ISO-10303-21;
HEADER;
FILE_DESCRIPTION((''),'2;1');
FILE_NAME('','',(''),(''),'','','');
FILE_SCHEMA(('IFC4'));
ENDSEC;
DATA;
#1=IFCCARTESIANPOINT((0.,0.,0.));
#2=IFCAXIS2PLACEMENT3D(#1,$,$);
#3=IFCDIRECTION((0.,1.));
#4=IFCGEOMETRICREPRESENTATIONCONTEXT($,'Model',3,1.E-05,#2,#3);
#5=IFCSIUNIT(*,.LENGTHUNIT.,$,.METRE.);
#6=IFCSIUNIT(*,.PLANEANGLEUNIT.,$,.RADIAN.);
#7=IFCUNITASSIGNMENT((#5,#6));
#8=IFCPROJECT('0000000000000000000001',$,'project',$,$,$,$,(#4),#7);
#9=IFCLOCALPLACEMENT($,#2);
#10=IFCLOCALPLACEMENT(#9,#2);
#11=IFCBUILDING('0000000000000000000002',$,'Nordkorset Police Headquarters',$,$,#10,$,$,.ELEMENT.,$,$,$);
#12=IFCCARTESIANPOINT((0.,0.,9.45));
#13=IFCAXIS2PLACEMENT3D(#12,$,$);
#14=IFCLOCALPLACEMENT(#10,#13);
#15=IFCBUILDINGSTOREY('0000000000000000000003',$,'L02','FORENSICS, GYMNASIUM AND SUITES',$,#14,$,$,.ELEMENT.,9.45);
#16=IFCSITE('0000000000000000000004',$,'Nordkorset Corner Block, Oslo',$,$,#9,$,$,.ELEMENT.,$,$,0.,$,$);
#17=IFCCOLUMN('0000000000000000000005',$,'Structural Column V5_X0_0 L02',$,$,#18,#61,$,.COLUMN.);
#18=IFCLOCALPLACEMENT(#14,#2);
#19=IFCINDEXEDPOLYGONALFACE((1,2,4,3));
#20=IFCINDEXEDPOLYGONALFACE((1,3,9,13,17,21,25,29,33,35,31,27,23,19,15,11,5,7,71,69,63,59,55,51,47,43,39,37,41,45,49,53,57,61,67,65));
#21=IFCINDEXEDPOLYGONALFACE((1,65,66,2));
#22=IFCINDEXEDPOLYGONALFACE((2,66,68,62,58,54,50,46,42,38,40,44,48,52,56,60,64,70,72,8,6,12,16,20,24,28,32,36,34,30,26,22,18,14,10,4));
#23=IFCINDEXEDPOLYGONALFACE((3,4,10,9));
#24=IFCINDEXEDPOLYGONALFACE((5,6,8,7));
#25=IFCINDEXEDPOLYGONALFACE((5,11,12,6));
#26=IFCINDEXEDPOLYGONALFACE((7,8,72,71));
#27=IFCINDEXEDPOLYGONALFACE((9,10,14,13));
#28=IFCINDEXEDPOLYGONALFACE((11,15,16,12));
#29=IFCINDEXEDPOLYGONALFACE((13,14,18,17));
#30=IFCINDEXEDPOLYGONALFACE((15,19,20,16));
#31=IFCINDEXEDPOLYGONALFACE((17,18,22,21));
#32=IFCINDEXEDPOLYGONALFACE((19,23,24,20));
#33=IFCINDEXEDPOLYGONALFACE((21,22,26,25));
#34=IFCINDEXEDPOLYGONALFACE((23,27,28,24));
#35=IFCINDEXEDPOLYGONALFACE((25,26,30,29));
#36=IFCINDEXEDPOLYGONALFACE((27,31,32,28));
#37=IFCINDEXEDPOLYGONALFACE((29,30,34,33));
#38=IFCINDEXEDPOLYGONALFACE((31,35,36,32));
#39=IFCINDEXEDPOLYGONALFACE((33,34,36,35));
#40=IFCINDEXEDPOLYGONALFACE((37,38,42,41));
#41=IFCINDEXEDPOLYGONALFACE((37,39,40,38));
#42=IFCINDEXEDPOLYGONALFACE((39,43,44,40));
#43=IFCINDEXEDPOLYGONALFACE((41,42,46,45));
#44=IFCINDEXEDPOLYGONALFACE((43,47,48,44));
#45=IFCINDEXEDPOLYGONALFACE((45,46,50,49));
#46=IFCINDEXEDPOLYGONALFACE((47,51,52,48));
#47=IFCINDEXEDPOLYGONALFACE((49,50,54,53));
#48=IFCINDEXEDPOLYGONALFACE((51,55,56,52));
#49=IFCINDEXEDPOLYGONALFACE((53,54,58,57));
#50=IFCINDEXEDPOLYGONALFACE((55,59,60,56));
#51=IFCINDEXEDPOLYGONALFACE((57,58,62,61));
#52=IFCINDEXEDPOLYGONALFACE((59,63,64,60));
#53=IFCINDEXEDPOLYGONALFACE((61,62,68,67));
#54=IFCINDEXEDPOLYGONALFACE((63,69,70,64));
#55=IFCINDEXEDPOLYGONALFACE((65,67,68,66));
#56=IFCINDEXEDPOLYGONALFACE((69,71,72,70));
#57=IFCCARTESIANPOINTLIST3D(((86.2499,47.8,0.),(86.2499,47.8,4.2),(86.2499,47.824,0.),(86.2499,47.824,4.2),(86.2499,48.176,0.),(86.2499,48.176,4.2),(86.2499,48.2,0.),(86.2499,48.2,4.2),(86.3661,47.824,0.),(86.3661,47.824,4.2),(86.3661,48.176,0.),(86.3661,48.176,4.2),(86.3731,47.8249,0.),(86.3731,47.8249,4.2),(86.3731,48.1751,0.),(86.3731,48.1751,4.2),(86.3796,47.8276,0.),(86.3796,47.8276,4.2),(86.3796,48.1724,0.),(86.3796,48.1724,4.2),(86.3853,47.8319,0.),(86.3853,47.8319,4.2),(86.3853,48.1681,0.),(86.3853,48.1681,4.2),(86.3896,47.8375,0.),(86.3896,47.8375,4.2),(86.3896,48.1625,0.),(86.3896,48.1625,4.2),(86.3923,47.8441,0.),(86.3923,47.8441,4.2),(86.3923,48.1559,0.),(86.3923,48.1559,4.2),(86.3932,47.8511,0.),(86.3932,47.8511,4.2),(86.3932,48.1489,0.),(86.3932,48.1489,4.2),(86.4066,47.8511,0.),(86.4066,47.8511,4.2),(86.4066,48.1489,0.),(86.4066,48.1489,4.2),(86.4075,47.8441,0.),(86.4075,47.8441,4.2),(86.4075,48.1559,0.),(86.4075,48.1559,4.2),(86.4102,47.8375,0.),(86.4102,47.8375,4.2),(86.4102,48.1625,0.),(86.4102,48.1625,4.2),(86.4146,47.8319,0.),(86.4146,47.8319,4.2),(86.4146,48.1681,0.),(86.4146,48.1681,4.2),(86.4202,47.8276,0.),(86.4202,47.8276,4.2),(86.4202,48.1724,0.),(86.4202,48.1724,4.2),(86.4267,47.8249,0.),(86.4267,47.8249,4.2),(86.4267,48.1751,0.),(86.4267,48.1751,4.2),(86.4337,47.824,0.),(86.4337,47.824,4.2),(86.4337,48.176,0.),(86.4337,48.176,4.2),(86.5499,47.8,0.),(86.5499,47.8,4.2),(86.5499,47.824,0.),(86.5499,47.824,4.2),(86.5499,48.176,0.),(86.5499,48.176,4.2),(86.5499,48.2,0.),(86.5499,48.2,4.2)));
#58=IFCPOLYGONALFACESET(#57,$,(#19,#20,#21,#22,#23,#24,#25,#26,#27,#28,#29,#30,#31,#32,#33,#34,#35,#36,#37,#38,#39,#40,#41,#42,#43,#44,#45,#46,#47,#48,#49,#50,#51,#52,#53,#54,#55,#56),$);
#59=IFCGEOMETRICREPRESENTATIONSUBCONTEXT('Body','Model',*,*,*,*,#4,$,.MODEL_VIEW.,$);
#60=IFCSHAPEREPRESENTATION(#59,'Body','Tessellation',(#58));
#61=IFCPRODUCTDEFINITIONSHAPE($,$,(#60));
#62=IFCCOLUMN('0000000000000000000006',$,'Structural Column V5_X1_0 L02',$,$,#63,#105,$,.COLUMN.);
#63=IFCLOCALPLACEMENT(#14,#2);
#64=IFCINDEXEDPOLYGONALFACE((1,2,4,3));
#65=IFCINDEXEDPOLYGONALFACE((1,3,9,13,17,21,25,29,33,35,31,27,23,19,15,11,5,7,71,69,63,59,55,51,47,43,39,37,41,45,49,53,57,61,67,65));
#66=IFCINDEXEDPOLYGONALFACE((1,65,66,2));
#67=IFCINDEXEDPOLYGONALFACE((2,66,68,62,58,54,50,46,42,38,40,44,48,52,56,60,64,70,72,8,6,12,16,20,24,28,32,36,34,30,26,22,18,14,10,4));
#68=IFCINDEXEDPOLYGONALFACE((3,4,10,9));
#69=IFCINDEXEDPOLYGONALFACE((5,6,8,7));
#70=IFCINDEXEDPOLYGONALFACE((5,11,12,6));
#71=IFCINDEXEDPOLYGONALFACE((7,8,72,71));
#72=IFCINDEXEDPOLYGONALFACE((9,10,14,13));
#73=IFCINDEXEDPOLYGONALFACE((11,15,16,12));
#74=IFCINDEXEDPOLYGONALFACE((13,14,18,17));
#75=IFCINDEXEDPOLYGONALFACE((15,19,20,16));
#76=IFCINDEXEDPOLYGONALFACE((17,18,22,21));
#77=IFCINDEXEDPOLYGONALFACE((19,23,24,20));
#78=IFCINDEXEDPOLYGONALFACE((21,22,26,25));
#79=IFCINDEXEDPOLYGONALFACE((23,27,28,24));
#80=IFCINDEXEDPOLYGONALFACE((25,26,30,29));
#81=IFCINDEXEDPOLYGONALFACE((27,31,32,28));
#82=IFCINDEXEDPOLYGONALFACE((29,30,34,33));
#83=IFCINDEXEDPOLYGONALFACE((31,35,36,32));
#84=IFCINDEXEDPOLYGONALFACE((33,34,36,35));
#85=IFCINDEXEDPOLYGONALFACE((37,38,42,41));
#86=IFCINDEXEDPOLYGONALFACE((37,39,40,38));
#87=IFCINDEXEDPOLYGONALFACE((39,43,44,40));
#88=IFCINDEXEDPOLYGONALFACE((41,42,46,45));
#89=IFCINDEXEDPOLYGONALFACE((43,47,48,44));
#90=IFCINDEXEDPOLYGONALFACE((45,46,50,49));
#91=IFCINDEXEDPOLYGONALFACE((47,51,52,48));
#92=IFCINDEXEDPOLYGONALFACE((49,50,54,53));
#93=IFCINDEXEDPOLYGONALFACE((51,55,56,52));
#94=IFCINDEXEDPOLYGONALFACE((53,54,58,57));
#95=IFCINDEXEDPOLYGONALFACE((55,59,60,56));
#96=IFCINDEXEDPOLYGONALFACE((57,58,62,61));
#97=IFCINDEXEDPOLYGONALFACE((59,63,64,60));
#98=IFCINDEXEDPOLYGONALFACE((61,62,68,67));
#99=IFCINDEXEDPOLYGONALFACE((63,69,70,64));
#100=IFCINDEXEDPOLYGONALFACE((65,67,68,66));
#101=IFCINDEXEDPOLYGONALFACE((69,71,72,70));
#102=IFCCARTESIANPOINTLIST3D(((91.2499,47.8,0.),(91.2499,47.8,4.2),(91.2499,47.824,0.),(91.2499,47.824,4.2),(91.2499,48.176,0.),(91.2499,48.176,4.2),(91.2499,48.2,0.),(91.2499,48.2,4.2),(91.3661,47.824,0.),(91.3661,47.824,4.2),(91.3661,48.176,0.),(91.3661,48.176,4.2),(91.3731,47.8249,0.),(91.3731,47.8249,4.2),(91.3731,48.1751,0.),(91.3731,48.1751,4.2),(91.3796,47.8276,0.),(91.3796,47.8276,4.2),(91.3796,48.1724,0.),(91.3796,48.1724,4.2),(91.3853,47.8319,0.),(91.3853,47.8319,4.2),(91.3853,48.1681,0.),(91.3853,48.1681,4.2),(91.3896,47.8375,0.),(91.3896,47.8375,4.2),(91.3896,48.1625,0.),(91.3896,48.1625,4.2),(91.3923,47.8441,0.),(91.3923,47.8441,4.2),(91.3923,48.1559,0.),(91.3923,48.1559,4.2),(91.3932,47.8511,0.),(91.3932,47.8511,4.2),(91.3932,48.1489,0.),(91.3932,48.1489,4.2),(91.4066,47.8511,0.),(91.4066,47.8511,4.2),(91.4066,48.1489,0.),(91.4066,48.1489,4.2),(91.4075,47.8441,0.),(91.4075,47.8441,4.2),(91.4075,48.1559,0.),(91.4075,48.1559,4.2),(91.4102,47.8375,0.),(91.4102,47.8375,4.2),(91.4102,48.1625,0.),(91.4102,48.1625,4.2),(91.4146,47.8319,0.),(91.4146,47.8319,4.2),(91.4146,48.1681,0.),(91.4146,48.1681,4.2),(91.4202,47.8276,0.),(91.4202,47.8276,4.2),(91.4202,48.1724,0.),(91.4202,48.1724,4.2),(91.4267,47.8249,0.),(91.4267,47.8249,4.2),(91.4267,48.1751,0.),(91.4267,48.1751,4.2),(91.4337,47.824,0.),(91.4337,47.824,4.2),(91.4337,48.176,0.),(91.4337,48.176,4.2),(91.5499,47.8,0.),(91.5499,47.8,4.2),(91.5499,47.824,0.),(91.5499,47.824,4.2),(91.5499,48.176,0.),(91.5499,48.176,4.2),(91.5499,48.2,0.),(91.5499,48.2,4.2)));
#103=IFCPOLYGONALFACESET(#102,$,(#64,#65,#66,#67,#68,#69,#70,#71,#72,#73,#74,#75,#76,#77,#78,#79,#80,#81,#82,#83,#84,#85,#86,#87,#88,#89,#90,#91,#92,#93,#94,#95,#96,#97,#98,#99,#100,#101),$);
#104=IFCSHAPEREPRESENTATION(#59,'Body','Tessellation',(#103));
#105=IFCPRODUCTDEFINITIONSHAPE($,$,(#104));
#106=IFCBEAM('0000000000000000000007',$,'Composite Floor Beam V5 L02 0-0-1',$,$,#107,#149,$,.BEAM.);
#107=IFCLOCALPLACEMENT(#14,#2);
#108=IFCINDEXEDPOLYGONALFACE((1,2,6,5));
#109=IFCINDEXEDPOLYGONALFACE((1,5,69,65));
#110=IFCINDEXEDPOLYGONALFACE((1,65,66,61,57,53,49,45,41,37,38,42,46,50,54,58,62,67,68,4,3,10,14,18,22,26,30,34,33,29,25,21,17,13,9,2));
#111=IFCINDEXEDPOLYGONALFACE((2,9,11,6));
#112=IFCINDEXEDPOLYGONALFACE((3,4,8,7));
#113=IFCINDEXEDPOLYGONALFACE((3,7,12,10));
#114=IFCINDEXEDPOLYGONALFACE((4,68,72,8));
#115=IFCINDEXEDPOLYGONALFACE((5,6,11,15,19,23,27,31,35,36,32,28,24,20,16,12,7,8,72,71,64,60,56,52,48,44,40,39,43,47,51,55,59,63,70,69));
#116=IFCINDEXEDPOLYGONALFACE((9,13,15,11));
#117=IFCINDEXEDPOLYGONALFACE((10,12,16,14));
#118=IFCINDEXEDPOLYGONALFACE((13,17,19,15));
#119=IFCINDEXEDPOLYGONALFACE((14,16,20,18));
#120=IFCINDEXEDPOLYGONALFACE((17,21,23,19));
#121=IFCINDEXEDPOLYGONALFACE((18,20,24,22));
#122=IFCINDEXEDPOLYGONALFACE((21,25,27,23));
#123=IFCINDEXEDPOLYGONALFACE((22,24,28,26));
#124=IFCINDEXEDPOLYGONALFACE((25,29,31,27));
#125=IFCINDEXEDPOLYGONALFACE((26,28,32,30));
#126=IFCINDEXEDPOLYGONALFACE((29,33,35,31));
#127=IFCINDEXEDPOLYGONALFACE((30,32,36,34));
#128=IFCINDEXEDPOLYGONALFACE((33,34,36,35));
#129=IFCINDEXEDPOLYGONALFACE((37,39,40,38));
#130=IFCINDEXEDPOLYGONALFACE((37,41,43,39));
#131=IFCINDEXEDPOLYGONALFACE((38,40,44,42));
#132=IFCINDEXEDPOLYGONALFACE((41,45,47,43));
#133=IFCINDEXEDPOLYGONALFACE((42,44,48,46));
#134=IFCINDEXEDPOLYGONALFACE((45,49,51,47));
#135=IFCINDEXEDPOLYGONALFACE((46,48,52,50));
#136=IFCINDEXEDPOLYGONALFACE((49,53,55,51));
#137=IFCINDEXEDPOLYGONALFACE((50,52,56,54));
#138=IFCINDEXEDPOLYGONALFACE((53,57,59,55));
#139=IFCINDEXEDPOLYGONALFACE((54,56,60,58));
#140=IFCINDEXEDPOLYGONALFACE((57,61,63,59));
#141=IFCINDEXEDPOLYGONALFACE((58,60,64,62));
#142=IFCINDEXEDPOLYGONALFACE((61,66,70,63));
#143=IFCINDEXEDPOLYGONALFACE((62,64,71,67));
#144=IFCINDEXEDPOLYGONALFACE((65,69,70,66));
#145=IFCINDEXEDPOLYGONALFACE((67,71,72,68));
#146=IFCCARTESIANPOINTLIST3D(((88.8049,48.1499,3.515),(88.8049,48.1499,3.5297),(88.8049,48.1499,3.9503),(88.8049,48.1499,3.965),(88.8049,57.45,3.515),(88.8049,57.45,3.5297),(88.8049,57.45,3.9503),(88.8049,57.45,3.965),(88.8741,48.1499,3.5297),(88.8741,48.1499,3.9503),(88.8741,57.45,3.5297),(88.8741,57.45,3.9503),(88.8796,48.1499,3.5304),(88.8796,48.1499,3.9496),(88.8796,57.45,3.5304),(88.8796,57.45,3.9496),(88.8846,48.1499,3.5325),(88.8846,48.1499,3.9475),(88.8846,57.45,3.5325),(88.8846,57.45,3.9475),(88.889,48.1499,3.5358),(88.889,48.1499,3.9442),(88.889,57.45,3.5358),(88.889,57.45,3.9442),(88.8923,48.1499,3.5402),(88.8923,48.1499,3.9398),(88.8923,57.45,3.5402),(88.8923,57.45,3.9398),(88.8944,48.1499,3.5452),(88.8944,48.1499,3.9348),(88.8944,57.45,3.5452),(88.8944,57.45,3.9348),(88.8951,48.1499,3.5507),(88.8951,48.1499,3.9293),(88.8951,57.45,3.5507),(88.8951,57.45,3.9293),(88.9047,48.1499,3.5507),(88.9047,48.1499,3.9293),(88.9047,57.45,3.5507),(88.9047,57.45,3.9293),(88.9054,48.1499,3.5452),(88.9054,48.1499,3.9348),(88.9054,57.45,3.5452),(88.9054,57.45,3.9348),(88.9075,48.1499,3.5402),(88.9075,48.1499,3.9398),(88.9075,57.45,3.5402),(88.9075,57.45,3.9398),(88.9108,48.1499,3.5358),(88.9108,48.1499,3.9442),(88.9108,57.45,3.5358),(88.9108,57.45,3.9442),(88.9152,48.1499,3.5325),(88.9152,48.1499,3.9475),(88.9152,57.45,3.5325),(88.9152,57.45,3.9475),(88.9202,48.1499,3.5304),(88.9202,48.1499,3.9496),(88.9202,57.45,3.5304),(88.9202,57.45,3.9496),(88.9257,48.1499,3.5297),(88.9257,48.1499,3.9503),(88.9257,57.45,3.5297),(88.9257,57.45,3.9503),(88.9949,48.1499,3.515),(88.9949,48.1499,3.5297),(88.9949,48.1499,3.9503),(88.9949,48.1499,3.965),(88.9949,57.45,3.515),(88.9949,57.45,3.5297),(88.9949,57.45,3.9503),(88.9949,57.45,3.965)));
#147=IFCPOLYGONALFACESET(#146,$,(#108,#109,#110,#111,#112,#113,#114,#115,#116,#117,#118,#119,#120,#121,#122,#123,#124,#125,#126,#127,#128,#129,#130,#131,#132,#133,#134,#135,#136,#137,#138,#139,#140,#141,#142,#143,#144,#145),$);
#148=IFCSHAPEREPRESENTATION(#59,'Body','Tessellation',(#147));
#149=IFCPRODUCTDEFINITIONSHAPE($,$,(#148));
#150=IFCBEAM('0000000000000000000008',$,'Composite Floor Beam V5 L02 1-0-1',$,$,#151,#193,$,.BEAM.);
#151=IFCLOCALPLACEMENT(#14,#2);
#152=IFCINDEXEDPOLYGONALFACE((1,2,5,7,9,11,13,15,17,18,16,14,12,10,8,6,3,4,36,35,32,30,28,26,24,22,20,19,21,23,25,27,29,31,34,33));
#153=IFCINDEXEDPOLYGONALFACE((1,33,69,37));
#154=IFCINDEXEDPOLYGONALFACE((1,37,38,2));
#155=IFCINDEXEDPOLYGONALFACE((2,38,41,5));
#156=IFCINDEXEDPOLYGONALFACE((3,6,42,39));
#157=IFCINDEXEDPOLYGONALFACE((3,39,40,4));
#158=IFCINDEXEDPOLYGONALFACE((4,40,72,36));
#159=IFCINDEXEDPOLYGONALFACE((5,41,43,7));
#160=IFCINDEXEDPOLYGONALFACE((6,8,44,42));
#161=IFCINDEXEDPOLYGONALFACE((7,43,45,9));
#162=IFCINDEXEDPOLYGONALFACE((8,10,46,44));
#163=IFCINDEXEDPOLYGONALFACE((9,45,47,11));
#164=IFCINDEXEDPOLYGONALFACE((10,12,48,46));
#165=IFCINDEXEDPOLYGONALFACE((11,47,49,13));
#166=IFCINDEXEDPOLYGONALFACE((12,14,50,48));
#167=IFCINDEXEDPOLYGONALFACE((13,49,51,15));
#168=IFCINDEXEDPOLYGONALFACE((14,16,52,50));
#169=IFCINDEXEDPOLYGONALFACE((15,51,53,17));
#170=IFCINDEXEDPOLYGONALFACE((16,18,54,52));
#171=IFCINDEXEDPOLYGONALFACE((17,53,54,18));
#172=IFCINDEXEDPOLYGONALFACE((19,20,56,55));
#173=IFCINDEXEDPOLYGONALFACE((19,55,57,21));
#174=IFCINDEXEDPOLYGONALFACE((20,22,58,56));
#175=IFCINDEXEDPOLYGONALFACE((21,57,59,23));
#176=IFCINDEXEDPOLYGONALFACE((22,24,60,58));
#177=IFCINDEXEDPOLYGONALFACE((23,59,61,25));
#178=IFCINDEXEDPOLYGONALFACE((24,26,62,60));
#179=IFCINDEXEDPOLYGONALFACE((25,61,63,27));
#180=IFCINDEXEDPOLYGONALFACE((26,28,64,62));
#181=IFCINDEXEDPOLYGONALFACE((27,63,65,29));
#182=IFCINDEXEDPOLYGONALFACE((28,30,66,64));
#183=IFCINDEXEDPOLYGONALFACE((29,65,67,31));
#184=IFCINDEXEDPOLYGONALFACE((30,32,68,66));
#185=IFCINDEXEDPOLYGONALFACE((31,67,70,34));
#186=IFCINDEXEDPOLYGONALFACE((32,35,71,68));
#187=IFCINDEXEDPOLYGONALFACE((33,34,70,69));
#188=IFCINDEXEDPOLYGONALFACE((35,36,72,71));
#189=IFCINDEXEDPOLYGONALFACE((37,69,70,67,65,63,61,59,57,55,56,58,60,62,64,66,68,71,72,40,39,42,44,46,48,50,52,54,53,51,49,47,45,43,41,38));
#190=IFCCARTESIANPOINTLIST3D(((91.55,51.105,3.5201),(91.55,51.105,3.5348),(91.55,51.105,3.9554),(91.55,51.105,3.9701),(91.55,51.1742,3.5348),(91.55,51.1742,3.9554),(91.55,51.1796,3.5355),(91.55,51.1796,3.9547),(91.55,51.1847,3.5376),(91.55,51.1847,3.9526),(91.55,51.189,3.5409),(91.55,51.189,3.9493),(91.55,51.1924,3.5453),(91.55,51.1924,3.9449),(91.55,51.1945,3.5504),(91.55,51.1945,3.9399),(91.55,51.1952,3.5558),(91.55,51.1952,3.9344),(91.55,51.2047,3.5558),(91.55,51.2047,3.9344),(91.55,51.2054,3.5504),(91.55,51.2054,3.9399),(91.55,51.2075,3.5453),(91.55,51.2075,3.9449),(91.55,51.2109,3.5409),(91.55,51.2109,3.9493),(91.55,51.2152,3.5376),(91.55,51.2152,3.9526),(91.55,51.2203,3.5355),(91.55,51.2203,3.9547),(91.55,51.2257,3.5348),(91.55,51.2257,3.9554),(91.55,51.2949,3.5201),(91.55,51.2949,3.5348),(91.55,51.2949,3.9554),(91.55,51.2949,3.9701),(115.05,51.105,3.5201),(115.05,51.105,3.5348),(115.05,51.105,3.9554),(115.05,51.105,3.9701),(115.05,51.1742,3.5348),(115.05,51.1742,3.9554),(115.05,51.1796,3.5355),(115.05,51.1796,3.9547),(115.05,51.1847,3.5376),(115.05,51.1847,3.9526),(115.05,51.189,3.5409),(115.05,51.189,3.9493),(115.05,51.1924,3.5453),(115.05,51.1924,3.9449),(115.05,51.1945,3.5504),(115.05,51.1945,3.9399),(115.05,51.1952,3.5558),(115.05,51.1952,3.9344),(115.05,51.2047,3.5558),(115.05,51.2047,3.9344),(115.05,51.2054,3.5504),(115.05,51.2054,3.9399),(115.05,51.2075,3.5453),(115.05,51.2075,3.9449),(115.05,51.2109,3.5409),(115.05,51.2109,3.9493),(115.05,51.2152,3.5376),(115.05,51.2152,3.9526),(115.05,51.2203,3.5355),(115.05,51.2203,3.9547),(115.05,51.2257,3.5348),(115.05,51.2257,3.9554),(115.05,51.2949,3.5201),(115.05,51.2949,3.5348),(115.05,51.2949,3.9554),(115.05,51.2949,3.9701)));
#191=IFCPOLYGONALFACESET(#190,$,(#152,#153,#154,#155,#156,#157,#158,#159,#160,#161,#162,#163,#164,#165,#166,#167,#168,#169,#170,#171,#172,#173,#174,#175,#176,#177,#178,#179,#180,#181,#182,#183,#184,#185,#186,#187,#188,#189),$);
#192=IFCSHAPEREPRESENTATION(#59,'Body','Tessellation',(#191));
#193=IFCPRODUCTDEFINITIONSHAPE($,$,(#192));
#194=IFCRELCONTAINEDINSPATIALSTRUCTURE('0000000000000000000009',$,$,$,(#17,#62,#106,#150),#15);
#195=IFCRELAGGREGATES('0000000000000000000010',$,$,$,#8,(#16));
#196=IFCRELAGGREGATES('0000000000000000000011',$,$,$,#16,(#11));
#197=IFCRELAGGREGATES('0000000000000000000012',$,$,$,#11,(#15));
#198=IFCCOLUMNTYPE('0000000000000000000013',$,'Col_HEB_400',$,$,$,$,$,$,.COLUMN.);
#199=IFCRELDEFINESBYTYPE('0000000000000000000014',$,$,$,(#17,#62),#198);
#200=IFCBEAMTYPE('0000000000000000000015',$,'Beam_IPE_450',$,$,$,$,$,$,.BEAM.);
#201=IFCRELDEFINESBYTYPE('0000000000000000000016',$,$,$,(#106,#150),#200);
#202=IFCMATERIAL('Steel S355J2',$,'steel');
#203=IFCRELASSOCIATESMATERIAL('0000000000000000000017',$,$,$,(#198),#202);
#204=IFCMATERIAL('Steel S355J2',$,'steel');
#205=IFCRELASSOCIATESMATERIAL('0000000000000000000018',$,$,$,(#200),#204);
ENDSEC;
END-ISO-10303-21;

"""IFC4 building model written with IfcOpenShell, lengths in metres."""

from ifc_helpers import new_model, si_unit, direction, frame, origin, origin_2d, place, context, subcontext, project, spatial, i_section, extrude, material, material_profile, profile_set, type_object, element, save


model = new_model("IFC4")

# Units and contexts
model_context = context("Model", 3, precision=1e-05, world=origin(), true_north=direction((0.0, 1.0)))
body_context = subcontext(model_context, "Body", "Model", "MODEL_VIEW")
ifc_project = project(units=[si_unit("LENGTHUNIT", "METRE"), si_unit("PLANEANGLEUNIT", "RADIAN")], contexts=[model_context])

# Site, building, storey
site_placement = place(None, origin())
site = spatial("IfcSite", under=ifc_project, at=site_placement, Name="Nordkorset Corner Block, Oslo", CompositionType="ELEMENT", RefElevation=0.0)
building_placement = place(site_placement, origin())
building = spatial("IfcBuilding", under=site, at=building_placement, Name="Nordkorset Police Headquarters", CompositionType="ELEMENT")
storey_placement = place(building_placement, frame((0.0, 0.0, 9.45)))
storey = spatial("IfcBuildingStorey", under=building, at=storey_placement, Name="L02", Description="FORENSICS, GYMNASIUM AND SUITES", CompositionType="ELEMENT", Elevation=9.45)

# Columns
ifc_material_1 = material(Name="Steel S355J2", Category="steel")
ifc_material_profile_1 = material_profile(ifc_material_1, i_section(OverallWidth=0.3, OverallDepth=0.3999, WebThickness=0.0134, FlangeThickness=0.0239, FilletRadius=0.0271, at=origin_2d()), Name="HEB 400")
ifc_profile_set_1 = profile_set([ifc_material_profile_1], Name="Steel S355J2")
column_type = type_object("IfcColumnType", Name="Col_HEB_400", PredefinedType="COLUMN", material=ifc_profile_set_1)
for number, where, z_axis, x_axis, name in (
    (1, (86.3999, 48.0, 0.0), (0.0, 0.0, 1.0), (1.0, 0.0, 0.0), "Structural Column V5_X0_0 L02"),
    (2, (91.3999, 48.0, 0.0), (0.0, 0.0, 1.0), (1.0, 0.0, 0.0), "Structural Column V5_X1_0 L02"),
):
    element("IfcColumn", number, at=place(storey_placement, frame(where, z_axis=z_axis, x_axis=x_axis)), inside=storey, type_object=column_type, Name=name, PredefinedType="COLUMN", context=body_context, shape_type="SweptSolid", body=[
        extrude(i_section(OverallWidth=0.3, OverallDepth=0.3999, WebThickness=0.0134, FlangeThickness=0.0239, FilletRadius=0.0271, at=origin_2d()), origin(), (0.0, 0.0, 1.0), 4.2),
    ])

# Beams
ifc_material_2 = material(Name="Steel S355J2", Category="steel")
ifc_material_profile_2 = material_profile(ifc_material_2, i_section(OverallWidth=0.1899, OverallDepth=0.45, WebThickness=0.0095, FlangeThickness=0.0146, FilletRadius=0.021, at=origin_2d()), Name="IPE 450")
ifc_profile_set_2 = profile_set([ifc_material_profile_2], Name="Steel S355J2")
beam_type_1 = type_object("IfcBeamType", Name="Beam_IPE_450", PredefinedType="BEAM", material=ifc_profile_set_2)
beam_1_placement = place(storey_placement, frame((88.8999, 48.1499, 3.74), z_axis=(0.0, 1.0, 0.0), x_axis=(-1.0, 0.0, 0.0)))
element("IfcBeam", 3, at=beam_1_placement, inside=storey, type_object=beam_type_1, Name="Composite Floor Beam V5 L02 0-0-1", PredefinedType="BEAM", context=body_context, shape_type="SweptSolid", body=[
    extrude(i_section(OverallWidth=0.1899, OverallDepth=0.45, WebThickness=0.0095, FlangeThickness=0.0146, FilletRadius=0.021, at=origin_2d()), origin(), (0.0, 0.0, 1.0), 9.3),
])
beam_2_placement = place(storey_placement, frame((91.55, 51.2, 3.7451), z_axis=(1.0, 0.0, 0.0), x_axis=(0.0, 1.0, 0.0)))
element("IfcBeam", 4, at=beam_2_placement, inside=storey, type_object=beam_type_1, Name="Composite Floor Beam V5 L02 1-0-1", PredefinedType="BEAM", context=body_context, shape_type="SweptSolid", body=[
    extrude(i_section(OverallWidth=0.1899, OverallDepth=0.45, WebThickness=0.0095, FlangeThickness=0.0146, FilletRadius=0.021, at=origin_2d()), origin(), (0.0, 0.0, 1.0), 23.5),
])

save(model, "model.ifc")
